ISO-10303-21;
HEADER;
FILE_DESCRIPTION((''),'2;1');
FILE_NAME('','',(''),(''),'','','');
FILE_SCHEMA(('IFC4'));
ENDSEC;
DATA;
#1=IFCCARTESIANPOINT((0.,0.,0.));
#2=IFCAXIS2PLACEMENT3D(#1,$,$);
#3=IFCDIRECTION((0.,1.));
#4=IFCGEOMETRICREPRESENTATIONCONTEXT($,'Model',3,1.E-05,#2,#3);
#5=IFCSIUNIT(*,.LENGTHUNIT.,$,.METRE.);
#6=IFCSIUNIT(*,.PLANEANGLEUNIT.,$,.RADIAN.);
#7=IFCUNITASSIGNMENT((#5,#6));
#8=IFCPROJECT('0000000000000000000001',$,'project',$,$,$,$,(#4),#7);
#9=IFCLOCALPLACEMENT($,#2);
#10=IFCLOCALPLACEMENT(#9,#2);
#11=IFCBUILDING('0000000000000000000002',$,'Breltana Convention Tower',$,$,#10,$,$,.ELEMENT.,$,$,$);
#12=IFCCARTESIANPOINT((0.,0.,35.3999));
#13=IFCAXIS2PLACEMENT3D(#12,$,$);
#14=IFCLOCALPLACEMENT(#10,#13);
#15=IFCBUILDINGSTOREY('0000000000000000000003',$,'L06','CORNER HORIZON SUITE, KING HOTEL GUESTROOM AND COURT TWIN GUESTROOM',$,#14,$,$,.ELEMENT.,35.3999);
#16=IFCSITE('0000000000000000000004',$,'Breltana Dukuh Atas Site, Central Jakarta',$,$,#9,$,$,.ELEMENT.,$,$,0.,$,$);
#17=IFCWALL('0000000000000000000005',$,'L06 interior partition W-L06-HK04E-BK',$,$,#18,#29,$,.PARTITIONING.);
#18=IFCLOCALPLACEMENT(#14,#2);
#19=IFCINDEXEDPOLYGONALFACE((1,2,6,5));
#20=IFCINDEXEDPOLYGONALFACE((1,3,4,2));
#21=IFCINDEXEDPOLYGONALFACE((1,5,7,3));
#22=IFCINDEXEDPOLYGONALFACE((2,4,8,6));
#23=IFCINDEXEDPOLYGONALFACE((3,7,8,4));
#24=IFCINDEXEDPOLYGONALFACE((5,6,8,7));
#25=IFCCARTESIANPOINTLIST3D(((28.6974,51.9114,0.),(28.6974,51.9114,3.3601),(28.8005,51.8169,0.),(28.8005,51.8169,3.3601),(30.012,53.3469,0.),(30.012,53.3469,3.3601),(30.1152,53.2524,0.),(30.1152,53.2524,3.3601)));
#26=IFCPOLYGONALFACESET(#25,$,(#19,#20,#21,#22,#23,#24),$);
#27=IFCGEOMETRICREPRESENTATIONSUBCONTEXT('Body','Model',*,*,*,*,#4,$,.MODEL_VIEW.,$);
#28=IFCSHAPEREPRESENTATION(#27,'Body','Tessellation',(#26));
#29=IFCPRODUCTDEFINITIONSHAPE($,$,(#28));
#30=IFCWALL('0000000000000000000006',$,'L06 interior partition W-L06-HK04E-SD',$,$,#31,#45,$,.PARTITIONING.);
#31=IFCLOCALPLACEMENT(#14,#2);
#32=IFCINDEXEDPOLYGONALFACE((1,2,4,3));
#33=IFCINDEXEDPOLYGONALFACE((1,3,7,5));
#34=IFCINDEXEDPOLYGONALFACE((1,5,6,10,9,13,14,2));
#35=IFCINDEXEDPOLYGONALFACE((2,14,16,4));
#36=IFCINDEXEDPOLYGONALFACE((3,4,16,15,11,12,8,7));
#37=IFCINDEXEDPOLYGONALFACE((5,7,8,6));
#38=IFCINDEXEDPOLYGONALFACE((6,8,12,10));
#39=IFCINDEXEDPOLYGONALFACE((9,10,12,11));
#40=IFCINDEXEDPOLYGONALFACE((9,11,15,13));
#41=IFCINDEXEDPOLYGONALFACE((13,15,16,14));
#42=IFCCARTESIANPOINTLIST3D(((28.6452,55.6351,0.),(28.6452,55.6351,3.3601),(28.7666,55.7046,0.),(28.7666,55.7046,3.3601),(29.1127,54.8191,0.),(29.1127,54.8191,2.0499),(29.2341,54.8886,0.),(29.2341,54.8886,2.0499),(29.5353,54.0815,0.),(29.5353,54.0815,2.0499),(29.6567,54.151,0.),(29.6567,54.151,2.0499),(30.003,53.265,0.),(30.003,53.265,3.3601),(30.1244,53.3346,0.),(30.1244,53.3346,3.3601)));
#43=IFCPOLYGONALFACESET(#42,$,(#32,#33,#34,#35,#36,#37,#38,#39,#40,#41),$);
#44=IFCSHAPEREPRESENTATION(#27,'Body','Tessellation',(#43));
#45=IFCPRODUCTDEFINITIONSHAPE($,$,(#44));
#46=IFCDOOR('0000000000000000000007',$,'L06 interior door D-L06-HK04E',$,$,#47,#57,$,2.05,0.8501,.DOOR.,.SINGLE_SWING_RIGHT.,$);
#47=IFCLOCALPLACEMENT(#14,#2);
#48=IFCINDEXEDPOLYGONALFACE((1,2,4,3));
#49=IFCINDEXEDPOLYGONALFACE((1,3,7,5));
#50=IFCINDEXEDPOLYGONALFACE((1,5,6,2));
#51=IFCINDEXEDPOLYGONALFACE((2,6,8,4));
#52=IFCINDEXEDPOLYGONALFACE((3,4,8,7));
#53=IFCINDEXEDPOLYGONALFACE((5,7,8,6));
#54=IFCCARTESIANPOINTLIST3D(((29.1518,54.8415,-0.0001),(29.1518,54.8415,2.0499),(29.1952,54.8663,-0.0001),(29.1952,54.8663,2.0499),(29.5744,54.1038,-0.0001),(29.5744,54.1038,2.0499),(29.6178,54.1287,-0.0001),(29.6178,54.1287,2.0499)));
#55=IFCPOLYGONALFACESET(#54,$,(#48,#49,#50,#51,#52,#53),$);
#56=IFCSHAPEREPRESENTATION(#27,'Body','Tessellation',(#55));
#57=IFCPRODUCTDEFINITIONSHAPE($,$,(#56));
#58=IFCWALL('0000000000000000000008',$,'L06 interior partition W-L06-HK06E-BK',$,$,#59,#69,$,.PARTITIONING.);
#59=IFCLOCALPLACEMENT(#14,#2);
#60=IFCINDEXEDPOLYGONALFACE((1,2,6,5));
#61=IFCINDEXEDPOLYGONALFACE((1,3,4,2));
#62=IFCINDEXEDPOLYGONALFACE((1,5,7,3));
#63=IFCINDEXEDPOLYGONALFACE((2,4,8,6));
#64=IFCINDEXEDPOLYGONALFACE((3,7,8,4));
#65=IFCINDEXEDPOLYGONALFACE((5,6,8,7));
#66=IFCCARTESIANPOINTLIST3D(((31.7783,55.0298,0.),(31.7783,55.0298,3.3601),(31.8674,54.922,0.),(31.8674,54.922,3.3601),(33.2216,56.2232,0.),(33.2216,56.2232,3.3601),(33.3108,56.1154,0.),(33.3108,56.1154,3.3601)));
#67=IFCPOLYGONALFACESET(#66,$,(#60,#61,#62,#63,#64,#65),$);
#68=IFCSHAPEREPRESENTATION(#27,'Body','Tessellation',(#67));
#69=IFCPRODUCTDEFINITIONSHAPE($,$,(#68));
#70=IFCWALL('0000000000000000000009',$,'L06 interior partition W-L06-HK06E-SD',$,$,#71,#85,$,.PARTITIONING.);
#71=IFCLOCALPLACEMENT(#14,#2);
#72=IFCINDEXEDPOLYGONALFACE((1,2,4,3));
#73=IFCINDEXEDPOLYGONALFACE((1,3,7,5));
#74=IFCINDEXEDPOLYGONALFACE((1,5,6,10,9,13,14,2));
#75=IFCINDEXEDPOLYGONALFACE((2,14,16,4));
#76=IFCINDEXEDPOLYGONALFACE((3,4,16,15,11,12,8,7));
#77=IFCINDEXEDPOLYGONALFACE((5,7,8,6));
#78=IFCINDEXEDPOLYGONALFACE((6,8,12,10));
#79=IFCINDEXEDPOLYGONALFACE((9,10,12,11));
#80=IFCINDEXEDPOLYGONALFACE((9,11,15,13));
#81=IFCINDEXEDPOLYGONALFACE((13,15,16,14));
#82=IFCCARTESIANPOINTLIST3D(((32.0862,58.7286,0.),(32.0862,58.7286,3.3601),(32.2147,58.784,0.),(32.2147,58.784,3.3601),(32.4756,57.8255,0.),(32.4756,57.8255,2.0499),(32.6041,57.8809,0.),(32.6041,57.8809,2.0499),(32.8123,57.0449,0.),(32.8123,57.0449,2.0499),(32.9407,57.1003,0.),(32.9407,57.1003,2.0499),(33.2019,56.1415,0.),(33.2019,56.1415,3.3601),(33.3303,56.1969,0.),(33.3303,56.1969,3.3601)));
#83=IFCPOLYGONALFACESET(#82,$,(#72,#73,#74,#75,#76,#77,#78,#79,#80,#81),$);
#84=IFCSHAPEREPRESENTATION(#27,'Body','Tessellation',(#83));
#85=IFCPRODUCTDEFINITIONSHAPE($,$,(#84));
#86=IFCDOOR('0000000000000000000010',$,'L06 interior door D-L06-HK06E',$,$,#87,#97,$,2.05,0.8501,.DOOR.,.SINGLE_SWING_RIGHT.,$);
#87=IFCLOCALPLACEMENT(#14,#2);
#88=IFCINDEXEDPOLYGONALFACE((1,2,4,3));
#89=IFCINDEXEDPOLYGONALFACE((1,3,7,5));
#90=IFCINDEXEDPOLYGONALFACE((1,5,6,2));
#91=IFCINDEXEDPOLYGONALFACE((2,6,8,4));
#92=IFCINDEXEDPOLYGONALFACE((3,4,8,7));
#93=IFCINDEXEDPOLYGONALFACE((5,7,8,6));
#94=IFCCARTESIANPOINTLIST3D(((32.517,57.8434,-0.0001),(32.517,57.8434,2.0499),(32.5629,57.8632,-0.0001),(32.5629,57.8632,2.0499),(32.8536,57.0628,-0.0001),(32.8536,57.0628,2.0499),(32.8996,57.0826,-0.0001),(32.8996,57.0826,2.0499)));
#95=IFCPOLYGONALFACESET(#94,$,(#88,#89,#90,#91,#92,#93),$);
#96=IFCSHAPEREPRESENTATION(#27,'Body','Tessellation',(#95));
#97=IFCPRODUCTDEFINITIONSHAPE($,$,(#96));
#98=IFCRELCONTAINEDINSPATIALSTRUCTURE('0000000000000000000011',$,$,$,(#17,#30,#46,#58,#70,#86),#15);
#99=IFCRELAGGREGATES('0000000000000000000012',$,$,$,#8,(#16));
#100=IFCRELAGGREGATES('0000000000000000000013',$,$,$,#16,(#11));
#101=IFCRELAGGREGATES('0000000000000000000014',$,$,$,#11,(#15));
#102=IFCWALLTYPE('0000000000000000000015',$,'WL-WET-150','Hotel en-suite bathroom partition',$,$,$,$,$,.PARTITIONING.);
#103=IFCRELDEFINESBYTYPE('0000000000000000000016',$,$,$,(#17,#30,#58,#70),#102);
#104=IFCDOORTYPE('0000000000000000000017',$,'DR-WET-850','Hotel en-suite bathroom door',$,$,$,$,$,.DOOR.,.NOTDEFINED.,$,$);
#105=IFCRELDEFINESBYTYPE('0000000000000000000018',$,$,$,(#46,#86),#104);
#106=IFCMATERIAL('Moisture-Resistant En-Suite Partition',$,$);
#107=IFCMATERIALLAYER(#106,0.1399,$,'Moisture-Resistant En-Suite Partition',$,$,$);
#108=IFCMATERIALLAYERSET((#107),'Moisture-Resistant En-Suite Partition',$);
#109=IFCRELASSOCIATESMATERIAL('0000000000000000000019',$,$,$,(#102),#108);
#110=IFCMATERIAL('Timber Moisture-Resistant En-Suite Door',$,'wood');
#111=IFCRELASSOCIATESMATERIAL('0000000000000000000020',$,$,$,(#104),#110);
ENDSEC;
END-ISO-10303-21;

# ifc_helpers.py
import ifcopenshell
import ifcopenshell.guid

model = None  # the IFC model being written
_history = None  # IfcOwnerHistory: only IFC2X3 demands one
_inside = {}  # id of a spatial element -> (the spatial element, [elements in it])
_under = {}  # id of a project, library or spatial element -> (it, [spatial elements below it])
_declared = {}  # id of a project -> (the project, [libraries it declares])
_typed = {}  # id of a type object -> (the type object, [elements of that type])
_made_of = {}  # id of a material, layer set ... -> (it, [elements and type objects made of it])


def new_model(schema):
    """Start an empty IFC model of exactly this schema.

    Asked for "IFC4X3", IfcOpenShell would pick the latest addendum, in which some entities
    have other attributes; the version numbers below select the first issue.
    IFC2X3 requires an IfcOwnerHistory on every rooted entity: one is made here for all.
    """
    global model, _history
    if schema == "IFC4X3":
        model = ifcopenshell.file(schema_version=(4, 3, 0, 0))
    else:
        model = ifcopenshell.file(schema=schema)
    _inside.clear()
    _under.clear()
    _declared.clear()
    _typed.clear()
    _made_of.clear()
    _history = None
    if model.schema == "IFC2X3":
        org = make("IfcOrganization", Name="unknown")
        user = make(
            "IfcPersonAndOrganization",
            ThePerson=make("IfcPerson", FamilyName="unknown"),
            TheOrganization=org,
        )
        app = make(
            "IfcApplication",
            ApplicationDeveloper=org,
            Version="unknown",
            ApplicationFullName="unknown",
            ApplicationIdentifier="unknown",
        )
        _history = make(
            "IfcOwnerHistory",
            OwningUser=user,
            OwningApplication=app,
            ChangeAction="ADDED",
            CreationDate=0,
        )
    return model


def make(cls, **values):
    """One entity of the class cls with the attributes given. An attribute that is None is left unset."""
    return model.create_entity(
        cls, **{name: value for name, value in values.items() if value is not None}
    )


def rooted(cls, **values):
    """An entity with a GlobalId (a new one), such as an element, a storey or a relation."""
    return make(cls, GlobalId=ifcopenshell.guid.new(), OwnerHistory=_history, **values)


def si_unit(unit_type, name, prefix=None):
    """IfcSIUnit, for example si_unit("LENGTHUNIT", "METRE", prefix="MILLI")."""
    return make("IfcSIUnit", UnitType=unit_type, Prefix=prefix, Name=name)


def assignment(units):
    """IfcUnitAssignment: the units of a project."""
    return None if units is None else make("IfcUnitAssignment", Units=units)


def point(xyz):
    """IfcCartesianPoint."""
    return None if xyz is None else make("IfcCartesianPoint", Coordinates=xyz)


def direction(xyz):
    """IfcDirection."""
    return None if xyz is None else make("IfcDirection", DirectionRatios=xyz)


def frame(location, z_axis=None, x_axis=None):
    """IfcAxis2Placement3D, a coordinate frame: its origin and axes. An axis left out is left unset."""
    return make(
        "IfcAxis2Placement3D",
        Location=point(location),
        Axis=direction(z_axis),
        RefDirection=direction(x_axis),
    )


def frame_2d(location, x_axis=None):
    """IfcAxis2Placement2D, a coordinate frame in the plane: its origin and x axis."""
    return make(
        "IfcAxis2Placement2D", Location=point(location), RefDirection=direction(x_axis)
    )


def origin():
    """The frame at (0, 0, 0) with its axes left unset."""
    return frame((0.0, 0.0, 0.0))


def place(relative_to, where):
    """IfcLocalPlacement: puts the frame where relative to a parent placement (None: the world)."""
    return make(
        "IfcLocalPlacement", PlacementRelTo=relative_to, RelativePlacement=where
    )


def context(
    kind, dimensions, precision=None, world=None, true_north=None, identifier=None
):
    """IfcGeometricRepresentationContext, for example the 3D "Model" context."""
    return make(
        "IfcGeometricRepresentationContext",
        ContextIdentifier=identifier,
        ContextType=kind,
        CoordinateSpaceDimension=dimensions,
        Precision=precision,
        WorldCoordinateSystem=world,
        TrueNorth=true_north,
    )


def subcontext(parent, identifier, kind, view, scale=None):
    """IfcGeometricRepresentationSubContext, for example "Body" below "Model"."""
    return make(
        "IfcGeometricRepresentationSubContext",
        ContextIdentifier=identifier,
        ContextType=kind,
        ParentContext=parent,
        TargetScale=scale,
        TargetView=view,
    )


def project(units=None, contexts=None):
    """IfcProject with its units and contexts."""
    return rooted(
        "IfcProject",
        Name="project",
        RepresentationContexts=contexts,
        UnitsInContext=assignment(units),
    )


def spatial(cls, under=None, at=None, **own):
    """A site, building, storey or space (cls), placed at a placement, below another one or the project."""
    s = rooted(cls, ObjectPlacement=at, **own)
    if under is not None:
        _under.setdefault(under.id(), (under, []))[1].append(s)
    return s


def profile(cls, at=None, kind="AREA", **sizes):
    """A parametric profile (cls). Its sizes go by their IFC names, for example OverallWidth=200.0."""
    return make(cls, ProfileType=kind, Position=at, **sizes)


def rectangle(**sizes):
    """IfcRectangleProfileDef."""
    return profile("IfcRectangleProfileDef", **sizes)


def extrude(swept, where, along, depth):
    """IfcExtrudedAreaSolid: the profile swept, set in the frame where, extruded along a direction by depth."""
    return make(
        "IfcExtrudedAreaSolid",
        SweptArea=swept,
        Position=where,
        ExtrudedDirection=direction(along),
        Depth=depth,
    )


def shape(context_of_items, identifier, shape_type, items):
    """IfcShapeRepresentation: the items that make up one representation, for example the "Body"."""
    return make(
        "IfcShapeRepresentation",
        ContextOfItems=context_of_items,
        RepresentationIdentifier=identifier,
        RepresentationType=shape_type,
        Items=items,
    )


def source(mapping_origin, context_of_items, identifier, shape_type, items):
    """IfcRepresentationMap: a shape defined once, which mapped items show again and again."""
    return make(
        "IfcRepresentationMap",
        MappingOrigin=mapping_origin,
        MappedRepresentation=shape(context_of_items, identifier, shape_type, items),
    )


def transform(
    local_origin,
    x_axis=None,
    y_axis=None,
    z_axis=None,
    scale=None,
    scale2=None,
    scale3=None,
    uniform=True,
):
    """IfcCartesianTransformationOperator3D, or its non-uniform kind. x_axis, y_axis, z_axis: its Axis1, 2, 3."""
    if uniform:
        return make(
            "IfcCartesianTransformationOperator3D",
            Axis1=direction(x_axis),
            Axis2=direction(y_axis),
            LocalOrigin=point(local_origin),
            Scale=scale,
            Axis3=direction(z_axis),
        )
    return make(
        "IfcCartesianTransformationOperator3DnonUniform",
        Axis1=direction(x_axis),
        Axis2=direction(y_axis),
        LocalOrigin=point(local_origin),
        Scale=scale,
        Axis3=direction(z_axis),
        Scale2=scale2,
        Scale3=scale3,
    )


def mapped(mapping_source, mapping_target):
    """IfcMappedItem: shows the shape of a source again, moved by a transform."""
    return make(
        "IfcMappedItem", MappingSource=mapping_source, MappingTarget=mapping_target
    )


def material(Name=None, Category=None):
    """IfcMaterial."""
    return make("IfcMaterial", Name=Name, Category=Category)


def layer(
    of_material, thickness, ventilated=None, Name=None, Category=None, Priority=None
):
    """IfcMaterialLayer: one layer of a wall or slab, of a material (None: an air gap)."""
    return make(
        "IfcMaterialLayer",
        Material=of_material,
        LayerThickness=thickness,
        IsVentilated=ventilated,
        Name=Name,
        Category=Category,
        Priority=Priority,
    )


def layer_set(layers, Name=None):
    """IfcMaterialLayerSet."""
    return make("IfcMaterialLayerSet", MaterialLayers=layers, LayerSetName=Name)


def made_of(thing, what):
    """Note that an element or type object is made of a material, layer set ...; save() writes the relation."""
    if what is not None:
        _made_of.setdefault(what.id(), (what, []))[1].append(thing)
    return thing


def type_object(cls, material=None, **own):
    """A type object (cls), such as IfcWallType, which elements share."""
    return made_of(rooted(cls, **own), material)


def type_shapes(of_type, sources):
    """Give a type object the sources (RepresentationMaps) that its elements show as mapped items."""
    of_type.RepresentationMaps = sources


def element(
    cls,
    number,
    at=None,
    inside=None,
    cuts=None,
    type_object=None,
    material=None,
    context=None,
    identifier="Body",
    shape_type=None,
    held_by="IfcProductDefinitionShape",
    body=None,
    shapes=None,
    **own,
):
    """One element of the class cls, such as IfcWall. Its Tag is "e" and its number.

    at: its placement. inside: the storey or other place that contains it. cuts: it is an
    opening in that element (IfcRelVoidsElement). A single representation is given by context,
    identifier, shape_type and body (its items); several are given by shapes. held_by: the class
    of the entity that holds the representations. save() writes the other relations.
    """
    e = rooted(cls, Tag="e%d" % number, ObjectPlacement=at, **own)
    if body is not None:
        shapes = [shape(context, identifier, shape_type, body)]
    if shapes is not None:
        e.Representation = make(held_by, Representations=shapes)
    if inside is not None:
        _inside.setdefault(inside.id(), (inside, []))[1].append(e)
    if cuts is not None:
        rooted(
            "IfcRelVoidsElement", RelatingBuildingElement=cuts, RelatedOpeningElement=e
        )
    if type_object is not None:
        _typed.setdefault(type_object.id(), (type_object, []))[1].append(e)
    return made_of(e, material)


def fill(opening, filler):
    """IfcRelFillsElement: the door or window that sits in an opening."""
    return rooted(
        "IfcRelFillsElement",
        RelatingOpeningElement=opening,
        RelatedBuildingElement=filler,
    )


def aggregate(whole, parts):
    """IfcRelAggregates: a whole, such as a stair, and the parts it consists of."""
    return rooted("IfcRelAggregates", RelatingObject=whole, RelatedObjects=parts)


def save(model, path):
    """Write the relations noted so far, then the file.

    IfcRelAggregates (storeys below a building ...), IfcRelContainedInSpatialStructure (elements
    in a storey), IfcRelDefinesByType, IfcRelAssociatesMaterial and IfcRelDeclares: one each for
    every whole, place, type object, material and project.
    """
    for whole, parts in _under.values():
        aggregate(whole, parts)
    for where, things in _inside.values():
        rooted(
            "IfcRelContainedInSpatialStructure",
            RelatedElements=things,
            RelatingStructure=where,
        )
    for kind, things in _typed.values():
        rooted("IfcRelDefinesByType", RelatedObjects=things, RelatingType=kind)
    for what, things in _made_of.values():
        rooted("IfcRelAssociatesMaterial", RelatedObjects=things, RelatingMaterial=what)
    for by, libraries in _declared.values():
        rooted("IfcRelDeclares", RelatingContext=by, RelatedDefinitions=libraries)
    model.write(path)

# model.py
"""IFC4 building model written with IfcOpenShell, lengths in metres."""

from ifc_helpers import new_model, si_unit, direction, frame, frame_2d, origin, place, context, subcontext, project, spatial, rectangle, extrude, source, transform, mapped, material, layer, layer_set, type_object, type_shapes, element, fill, save


model = new_model("IFC4")

# Units and contexts
model_context = context("Model", 3, precision=1e-05, world=origin(), true_north=direction((0.0, 1.0)))
body_context = subcontext(model_context, "Body", "Model", "MODEL_VIEW")
ifc_project = project(units=[si_unit("LENGTHUNIT", "METRE"), si_unit("PLANEANGLEUNIT", "RADIAN")], contexts=[model_context])

# Site, building, storey
site_placement = place(None, origin())
site = spatial("IfcSite", under=ifc_project, at=site_placement, Name="Breltana Dukuh Atas Site, Central Jakarta", CompositionType="ELEMENT", RefElevation=0.0)
building_placement = place(site_placement, origin())
building = spatial("IfcBuilding", under=site, at=building_placement, Name="Breltana Convention Tower", CompositionType="ELEMENT")
storey_placement = place(building_placement, frame((0.0, 0.0, 35.3999)))
storey = spatial("IfcBuildingStorey", under=building, at=storey_placement, Name="L06", Description="CORNER HORIZON SUITE, KING HOTEL GUESTROOM AND COURT TWIN GUESTROOM", CompositionType="ELEMENT", Elevation=35.3999)

# Shared definitions
ifc_material_1 = material(Name="Moisture-Resistant En-Suite Partition")
ifc_layer_1 = layer(ifc_material_1, 0.1399, Name="Moisture-Resistant En-Suite Partition")
ifc_layer_set_1 = layer_set([ifc_layer_1], Name="Moisture-Resistant En-Suite Partition")
wall_type_1 = type_object("IfcWallType", Name="WL-WET-150", Description="Hotel en-suite bathroom partition", PredefinedType="PARTITIONING", material=ifc_layer_set_1)
ifc_material_2 = material(Name="Timber Moisture-Resistant En-Suite Door", Category="wood")
door_type_1 = type_object("IfcDoorType", Name="DR-WET-850", Description="Hotel en-suite bathroom door", OperationType="NOTDEFINED", PredefinedType="DOOR", material=ifc_material_2)
shared_shape_1 = source(origin(), body_context, "Body", "SweptSolid", [
    extrude(rectangle(XDim=0.8501, YDim=2.05, at=frame_2d((0.425, 1.0249))), frame((0.0, 0.0249, 0.0), z_axis=(0.0, -1.0, 0.0), x_axis=(1.0, 0.0, 0.0)), (0.0, 0.0, 1.0), 0.05),
])
type_shapes(door_type_1, [shared_shape_1])

# Wall
shared_shape_2 = source(origin(), body_context, "Body", "SweptSolid", [
    extrude(rectangle(XDim=1.9465, YDim=0.1399, at=frame_2d((0.9731, 0.0))), origin(), (0.0, 0.0, 1.0), 3.3601),
])
wall_1_placement = place(storey_placement, frame((28.749, 51.8643, 0.0), z_axis=(0.0, 0.0, 1.0), x_axis=(0.675384, 0.737466, 0.0)))
element("IfcWall", 1, at=wall_1_placement, inside=storey, type_object=wall_type_1, Name="L06 interior partition W-L06-HK04E-BK", PredefinedType="PARTITIONING", context=body_context, shape_type="MappedRepresentation", body=[
    mapped(shared_shape_2, transform((0.0, 0.0, 0.0), scale=1.0)),
])

# Wall, opening, door
shared_shape_3 = source(origin(), body_context, "Body", "SweptSolid", [
    extrude(rectangle(XDim=2.7314, YDim=0.1399, at=frame_2d((1.3657, 0.0))), origin(), (0.0, 0.0, 1.0), 3.3601),
])
wall_2_placement = place(storey_placement, frame((30.0637, 53.2998, 0.0), z_axis=(0.0, 0.0, 1.0), x_axis=(-0.49712, 0.867682, 0.0)))
wall_2 = element("IfcWall", 2, at=wall_2_placement, inside=storey, type_object=wall_type_1, Name="L06 interior partition W-L06-HK04E-SD", PredefinedType="PARTITIONING", context=body_context, shape_type="MappedRepresentation", body=[
    mapped(shared_shape_3, transform((0.0, 0.0, 0.0), scale=1.0)),
])
opening_1_placement = place(wall_2_placement, frame((0.9409, 0.0, 0.0)))
opening_1 = element("IfcOpeningElement", 3, at=opening_1_placement, cuts=wall_2, PredefinedType="OPENING", context=body_context, shape_type="SweptSolid", body=[
    extrude(rectangle(XDim=0.8501, YDim=2.05, at=frame_2d((0.425, 1.0249))), frame((0.0, 0.0801, 0.0), z_axis=(0.0, -1.0, 0.0), x_axis=(1.0, 0.0, 0.0)), (0.0, 0.0, 1.0), 0.1599),
])
door_1_placement = place(opening_1_placement, origin())
door_1 = element("IfcDoor", 4, at=door_1_placement, inside=storey, type_object=door_type_1, Name="L06 interior door D-L06-HK04E", OperationType="SINGLE_SWING_RIGHT", OverallHeight=2.05, OverallWidth=0.8501, PredefinedType="DOOR", context=body_context, shape_type="MappedRepresentation", body=[
    mapped(shared_shape_1, transform((0.0, 0.0, 0.0), scale=1.0)),
])
fill(opening_1, door_1)

# Wall
shared_shape_4 = source(origin(), body_context, "Body", "SweptSolid", [
    extrude(rectangle(XDim=1.8728, YDim=0.1399, at=frame_2d((0.9365, 0.0))), origin(), (0.0, 0.0, 1.0), 3.3601),
])
wall_3_placement = place(storey_placement, frame((31.8228, 54.9758, 0.0), z_axis=(0.0, 0.0, 1.0), x_axis=(0.770695, 0.637205, 0.0)))
element("IfcWall", 5, at=wall_3_placement, inside=storey, type_object=wall_type_1, Name="L06 interior partition W-L06-HK06E-BK", PredefinedType="PARTITIONING", context=body_context, shape_type="MappedRepresentation", body=[
    mapped(shared_shape_4, transform((0.0, 0.0, 0.0), scale=1.0)),
])

# Wall, opening, door
shared_shape_5 = source(origin(), body_context, "Body", "SweptSolid", [
    extrude(rectangle(XDim=2.8174, YDim=0.1399, at=frame_2d((1.4087, 0.0))), origin(), (0.0, 0.0, 1.0), 3.3601),
])
wall_4_placement = place(storey_placement, frame((33.2661, 56.1692, 0.0), z_axis=(0.0, 0.0, 1.0), x_axis=(-0.395999, 0.918251, 0.0)))
wall_4 = element("IfcWall", 6, at=wall_4_placement, inside=storey, type_object=wall_type_1, Name="L06 interior partition W-L06-HK06E-SD", PredefinedType="PARTITIONING", context=body_context, shape_type="MappedRepresentation", body=[
    mapped(shared_shape_5, transform((0.0, 0.0, 0.0), scale=1.0)),
])
opening_2_placement = place(wall_4_placement, frame((0.9839, 0.0, 0.0)))
opening_2 = element("IfcOpeningElement", 7, at=opening_2_placement, cuts=wall_4, PredefinedType="OPENING", context=body_context, shape_type="SweptSolid", body=[
    extrude(rectangle(XDim=0.8501, YDim=2.05, at=frame_2d((0.425, 1.0249))), frame((0.0, 0.0801, 0.0), z_axis=(0.0, -1.0, 0.0), x_axis=(1.0, 0.0, 0.0)), (0.0, 0.0, 1.0), 0.1599),
])
door_2_placement = place(opening_2_placement, origin())
door_2 = element("IfcDoor", 8, at=door_2_placement, inside=storey, type_object=door_type_1, Name="L06 interior door D-L06-HK06E", OperationType="SINGLE_SWING_RIGHT", OverallHeight=2.05, OverallWidth=0.8501, PredefinedType="DOOR", context=body_context, shape_type="MappedRepresentation", body=[
    mapped(shared_shape_1, transform((0.0, 0.0, 0.0), scale=1.0)),
])
fill(opening_2, door_2)

save(model, "model.ifc")
